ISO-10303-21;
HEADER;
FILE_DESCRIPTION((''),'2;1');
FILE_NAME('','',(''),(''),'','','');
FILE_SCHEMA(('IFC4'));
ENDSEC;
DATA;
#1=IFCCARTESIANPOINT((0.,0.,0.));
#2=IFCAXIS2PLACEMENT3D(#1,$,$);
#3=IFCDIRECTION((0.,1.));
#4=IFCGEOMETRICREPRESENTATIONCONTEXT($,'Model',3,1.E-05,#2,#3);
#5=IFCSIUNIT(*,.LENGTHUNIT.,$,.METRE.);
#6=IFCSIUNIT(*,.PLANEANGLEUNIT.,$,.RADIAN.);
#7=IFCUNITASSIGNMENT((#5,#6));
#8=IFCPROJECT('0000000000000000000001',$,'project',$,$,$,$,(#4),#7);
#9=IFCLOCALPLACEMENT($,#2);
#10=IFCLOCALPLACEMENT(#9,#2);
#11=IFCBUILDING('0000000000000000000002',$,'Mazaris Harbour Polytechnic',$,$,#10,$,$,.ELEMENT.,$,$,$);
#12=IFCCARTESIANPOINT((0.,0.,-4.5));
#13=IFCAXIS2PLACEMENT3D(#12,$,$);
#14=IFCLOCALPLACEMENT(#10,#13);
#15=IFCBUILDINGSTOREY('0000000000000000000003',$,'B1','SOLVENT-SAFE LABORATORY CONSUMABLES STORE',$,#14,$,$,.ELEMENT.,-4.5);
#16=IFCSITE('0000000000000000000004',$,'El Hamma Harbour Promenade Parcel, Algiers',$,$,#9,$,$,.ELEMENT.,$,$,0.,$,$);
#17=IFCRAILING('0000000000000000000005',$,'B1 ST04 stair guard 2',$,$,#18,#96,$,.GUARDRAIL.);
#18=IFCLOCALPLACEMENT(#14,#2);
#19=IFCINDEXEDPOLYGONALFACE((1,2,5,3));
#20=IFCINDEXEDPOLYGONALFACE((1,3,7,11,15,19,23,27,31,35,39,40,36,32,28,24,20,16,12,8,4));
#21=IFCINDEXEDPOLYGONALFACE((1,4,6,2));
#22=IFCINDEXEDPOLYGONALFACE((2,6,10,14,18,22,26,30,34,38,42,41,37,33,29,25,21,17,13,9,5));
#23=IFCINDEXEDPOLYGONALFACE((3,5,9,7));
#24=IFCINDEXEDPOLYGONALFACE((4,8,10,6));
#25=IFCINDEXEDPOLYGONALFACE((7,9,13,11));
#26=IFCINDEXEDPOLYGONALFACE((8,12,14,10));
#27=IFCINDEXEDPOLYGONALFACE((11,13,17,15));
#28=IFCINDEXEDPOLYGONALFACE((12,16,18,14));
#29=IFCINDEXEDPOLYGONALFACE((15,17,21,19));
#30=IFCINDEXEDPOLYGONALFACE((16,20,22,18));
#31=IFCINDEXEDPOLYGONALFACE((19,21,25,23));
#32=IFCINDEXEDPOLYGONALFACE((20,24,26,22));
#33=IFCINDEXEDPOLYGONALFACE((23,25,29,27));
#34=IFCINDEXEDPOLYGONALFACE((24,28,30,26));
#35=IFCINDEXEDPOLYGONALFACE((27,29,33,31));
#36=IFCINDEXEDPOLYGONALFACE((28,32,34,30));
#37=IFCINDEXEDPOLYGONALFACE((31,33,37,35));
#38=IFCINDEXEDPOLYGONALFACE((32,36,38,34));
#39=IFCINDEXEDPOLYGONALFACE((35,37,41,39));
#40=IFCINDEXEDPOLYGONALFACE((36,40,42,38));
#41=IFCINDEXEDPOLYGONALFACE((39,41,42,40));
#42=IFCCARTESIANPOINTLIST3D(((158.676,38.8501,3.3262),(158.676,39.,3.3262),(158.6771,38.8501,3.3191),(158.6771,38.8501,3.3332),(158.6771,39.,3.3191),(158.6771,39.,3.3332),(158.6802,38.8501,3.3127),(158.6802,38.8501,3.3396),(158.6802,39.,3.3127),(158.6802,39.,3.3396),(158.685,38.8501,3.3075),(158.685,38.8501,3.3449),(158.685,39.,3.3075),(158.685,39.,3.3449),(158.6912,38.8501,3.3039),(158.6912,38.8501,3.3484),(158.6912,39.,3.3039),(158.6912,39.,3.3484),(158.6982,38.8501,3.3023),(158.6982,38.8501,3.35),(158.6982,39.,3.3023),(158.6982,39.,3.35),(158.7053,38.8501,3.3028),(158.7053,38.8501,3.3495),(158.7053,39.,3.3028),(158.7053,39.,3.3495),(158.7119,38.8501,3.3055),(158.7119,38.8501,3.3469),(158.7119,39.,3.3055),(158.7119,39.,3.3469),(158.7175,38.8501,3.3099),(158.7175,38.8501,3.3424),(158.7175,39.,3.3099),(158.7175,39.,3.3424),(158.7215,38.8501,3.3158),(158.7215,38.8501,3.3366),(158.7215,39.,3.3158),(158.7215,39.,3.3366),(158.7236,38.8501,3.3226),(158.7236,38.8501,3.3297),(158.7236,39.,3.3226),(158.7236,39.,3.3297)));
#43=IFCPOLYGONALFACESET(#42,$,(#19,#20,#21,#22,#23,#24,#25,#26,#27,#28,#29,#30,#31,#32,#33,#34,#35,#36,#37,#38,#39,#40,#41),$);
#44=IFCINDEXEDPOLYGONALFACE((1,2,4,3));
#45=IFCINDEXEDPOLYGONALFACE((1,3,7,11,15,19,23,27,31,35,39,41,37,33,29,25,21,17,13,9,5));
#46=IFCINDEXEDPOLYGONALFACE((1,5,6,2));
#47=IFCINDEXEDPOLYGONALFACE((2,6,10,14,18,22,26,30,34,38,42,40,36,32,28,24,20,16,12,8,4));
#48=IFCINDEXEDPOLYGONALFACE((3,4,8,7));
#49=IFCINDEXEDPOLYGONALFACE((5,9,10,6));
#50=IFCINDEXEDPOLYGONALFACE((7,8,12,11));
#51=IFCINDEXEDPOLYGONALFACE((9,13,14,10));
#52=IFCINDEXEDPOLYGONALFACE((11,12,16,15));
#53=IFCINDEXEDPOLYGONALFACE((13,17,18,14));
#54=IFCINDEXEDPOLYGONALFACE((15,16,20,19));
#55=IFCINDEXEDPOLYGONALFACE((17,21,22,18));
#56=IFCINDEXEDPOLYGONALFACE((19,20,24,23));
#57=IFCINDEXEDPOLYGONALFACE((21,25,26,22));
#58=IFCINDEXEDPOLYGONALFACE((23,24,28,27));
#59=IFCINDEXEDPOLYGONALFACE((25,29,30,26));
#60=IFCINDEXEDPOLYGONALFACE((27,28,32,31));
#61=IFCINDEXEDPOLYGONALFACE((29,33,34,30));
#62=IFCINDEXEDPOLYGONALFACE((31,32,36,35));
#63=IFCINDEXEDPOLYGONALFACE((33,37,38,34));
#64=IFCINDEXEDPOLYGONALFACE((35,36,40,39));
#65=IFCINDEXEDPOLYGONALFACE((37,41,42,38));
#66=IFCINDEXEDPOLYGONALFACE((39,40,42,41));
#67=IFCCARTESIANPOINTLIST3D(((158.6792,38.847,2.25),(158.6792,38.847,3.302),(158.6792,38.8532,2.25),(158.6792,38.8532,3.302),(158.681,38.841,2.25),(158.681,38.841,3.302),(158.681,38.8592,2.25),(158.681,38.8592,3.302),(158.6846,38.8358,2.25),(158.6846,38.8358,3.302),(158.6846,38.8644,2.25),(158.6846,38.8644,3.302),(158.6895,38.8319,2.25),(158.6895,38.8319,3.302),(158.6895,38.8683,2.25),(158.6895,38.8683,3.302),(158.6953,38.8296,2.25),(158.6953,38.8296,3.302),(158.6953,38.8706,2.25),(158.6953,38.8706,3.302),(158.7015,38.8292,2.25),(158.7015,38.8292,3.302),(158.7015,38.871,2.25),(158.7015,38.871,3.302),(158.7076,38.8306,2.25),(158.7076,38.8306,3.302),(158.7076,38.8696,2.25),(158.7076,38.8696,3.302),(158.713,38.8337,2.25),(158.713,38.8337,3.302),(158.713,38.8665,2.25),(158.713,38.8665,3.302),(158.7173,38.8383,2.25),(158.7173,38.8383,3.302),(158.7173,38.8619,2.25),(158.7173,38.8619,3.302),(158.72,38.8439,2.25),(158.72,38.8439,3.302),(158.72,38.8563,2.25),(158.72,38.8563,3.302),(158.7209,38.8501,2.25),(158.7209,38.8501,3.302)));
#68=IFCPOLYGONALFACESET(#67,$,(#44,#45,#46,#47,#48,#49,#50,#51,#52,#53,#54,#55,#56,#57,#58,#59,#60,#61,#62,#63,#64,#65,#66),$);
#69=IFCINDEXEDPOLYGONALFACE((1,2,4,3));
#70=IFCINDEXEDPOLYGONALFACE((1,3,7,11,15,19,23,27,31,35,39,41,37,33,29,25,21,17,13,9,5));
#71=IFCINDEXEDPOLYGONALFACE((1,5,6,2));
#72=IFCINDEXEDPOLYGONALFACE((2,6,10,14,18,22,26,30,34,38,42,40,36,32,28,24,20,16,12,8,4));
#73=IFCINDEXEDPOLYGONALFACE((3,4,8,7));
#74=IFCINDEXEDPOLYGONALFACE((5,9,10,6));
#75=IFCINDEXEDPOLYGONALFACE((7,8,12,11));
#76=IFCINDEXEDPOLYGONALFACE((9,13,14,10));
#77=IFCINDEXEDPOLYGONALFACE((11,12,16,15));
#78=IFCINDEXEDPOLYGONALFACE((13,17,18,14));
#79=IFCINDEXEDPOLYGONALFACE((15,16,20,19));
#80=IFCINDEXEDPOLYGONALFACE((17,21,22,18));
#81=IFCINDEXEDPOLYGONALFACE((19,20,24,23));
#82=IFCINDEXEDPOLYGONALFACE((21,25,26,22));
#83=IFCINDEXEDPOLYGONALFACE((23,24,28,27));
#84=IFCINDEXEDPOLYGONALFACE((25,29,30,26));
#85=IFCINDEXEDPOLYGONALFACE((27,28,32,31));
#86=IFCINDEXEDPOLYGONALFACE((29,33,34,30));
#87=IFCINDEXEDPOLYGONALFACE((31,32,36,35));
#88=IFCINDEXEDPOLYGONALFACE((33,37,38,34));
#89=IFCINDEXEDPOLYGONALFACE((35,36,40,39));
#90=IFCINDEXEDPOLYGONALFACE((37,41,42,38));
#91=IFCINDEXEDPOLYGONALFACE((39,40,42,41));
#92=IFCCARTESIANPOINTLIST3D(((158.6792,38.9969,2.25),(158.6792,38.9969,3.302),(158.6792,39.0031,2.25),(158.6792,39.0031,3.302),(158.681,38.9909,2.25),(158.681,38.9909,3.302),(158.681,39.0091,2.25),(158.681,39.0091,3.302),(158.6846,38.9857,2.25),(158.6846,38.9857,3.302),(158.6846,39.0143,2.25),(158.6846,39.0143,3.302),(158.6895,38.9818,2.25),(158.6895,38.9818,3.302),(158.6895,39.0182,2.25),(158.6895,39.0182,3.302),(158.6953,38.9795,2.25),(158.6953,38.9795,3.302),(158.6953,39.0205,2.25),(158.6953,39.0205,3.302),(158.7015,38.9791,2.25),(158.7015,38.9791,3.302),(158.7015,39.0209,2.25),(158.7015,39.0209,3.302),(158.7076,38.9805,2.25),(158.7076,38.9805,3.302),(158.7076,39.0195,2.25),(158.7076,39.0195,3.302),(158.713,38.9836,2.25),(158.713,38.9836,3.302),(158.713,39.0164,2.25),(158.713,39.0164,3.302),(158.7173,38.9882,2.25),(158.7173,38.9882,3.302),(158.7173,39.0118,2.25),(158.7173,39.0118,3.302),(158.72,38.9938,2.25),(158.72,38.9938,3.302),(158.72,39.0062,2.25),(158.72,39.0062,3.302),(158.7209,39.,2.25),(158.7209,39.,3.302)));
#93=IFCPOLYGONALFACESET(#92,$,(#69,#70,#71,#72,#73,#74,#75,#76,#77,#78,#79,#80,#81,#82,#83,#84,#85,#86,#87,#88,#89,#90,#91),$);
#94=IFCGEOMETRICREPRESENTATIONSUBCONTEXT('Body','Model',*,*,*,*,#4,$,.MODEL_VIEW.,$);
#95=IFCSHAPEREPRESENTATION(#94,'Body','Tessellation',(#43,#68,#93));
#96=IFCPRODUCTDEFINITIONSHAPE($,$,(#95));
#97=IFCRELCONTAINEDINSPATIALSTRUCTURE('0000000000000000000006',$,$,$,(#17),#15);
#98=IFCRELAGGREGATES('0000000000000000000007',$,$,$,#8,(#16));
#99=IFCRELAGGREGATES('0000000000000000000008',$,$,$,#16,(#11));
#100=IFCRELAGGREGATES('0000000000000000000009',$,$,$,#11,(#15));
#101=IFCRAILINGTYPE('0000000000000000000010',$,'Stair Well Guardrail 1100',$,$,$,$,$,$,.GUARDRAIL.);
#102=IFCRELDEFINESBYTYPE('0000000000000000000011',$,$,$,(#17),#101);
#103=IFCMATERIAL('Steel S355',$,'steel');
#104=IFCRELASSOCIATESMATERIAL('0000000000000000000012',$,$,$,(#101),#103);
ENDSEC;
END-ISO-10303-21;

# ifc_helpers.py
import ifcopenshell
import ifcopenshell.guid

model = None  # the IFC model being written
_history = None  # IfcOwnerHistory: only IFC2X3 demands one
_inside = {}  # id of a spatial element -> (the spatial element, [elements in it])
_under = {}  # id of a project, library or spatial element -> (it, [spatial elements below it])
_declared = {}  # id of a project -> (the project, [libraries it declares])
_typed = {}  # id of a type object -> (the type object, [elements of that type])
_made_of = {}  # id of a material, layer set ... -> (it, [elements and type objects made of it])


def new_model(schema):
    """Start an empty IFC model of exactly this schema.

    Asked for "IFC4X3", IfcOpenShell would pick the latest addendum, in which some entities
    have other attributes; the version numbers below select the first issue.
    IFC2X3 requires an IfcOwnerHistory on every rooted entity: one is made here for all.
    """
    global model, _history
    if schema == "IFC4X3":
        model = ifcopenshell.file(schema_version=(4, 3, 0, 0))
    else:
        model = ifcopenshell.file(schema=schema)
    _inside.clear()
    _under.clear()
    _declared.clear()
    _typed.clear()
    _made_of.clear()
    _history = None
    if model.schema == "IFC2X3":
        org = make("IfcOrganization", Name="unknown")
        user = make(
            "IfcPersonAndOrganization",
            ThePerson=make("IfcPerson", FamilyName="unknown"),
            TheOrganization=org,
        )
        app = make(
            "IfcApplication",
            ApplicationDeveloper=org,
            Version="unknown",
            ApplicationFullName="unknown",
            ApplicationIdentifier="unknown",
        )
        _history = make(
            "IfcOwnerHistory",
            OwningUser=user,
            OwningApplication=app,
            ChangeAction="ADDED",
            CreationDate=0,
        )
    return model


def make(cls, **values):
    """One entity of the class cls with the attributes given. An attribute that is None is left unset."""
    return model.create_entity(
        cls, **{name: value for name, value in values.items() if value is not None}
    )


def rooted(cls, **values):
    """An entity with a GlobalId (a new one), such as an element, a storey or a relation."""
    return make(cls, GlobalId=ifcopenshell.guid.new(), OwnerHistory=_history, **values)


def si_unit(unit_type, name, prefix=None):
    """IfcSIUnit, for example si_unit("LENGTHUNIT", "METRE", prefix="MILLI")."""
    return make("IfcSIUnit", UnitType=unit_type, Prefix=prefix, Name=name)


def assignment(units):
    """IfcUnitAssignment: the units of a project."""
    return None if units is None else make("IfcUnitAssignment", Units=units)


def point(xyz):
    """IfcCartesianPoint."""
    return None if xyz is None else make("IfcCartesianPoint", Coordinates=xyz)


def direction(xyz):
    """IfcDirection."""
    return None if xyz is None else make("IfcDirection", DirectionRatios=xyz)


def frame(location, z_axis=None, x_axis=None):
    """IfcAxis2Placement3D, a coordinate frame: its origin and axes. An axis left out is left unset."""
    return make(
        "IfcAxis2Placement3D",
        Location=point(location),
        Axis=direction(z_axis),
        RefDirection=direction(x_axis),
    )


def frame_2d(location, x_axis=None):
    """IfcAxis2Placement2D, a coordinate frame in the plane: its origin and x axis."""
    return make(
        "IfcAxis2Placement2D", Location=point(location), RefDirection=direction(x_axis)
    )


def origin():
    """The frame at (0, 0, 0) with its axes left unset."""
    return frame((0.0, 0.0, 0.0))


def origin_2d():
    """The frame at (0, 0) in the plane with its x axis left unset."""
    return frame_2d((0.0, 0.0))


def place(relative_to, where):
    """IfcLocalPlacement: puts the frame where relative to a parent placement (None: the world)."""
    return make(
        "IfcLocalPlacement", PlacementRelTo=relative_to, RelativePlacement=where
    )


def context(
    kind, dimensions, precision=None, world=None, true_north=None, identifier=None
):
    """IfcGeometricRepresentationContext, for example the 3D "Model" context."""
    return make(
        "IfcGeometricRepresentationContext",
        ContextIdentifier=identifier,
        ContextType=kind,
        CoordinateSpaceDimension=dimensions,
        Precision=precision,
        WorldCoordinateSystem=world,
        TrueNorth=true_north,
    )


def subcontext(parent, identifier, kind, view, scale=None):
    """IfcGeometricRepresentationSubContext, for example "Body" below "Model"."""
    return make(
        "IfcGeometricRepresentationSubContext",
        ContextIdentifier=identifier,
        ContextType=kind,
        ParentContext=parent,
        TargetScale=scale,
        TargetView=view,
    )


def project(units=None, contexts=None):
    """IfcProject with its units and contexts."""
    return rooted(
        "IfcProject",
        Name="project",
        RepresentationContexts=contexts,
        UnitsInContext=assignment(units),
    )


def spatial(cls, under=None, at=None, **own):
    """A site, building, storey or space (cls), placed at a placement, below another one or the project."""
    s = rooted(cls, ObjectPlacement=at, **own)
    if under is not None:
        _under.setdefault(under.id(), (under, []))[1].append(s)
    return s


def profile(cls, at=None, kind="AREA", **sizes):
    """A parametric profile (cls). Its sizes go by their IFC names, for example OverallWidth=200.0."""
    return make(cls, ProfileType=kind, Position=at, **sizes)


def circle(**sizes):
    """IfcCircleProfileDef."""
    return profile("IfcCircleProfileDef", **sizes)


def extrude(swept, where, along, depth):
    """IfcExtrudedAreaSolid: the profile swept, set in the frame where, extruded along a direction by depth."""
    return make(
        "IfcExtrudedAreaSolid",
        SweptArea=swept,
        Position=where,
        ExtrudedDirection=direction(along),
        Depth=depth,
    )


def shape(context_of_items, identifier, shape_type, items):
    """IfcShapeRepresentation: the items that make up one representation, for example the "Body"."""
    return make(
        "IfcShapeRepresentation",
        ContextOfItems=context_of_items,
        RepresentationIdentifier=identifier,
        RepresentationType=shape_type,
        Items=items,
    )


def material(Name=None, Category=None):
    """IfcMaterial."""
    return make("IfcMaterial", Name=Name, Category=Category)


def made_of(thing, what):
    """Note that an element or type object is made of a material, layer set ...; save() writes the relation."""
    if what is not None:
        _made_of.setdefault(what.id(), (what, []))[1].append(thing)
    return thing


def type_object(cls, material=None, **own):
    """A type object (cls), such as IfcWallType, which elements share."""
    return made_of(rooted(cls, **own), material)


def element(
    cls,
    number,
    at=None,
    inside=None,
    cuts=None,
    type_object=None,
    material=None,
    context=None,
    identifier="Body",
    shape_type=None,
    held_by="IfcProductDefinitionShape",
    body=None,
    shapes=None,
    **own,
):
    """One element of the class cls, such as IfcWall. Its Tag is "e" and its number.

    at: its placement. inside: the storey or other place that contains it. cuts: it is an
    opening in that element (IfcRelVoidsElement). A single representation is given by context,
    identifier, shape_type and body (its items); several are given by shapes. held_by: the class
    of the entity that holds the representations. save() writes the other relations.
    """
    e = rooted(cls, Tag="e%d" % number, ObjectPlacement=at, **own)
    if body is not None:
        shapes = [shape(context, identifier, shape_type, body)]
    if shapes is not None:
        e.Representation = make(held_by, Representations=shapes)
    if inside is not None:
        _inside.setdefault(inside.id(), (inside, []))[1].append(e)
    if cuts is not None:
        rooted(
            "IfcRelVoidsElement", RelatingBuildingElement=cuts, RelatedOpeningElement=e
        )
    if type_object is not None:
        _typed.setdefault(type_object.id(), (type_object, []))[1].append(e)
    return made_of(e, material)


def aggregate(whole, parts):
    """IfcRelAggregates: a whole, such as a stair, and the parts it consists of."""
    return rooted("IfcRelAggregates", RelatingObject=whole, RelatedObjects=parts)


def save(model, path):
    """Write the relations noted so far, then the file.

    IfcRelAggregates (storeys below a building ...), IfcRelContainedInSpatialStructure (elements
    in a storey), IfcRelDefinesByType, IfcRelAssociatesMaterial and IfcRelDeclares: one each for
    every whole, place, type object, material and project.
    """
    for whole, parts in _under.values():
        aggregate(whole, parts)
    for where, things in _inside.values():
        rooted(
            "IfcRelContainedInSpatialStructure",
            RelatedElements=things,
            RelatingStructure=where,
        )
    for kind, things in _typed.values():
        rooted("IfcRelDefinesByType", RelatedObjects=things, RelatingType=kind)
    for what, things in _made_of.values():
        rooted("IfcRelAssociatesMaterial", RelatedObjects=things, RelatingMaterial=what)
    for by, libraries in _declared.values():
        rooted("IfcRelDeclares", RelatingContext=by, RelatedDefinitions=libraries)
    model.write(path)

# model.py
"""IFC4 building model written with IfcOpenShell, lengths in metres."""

from ifc_helpers import new_model, si_unit, direction, frame, origin, origin_2d, place, context, subcontext, project, spatial, circle, extrude, material, type_object, element, save


model = new_model("IFC4")

# Units and contexts
model_context = context("Model", 3, precision=1e-05, world=origin(), true_north=direction((0.0, 1.0)))
body_context = subcontext(model_context, "Body", "Model", "MODEL_VIEW")
ifc_project = project(units=[si_unit("LENGTHUNIT", "METRE"), si_unit("PLANEANGLEUNIT", "RADIAN")], contexts=[model_context])

# Site, building, storey
site_placement = place(None, origin())
site = spatial("IfcSite", under=ifc_project, at=site_placement, Name="El Hamma Harbour Promenade Parcel, Algiers", CompositionType="ELEMENT", RefElevation=0.0)
building_placement = place(site_placement, origin())
building = spatial("IfcBuilding", under=site, at=building_placement, Name="Mazaris Harbour Polytechnic", CompositionType="ELEMENT")
storey_placement = place(building_placement, frame((0.0, 0.0, -4.5)))
storey = spatial("IfcBuildingStorey", under=building, at=storey_placement, Name="B1", Description="SOLVENT-SAFE LABORATORY CONSUMABLES STORE", CompositionType="ELEMENT", Elevation=-4.5)

# Railing
ifc_material_1 = material(Name="Steel S355", Category="steel")
railing_type_1 = type_object("IfcRailingType", Name="Stair Well Guardrail 1100", PredefinedType="GUARDRAIL", material=ifc_material_1)
railing_1_placement = place(storey_placement, frame((158.7, 38.8501, 2.25)))
element("IfcRailing", 1, at=railing_1_placement, inside=storey, type_object=railing_type_1, Name="B1 ST04 stair guard 2", PredefinedType="GUARDRAIL", context=body_context, shape_type="SweptSolid", body=[
    extrude(circle(Radius=0.0239, at=origin_2d()), frame((0.0, 0.0, 1.0762), z_axis=(0.0, 1.0, 0.0), x_axis=(-1.0, 0.0, 0.0)), (0.0, 0.0, 1.0), 0.1499),
    extrude(circle(Radius=0.021, at=origin_2d()), origin(), (0.0, 0.0, 1.0), 1.052),
    extrude(circle(Radius=0.021, at=origin_2d()), frame((0.0, 0.1499, 0.0)), (0.0, 0.0, 1.0), 1.052),
])

save(model, "model.ifc")
